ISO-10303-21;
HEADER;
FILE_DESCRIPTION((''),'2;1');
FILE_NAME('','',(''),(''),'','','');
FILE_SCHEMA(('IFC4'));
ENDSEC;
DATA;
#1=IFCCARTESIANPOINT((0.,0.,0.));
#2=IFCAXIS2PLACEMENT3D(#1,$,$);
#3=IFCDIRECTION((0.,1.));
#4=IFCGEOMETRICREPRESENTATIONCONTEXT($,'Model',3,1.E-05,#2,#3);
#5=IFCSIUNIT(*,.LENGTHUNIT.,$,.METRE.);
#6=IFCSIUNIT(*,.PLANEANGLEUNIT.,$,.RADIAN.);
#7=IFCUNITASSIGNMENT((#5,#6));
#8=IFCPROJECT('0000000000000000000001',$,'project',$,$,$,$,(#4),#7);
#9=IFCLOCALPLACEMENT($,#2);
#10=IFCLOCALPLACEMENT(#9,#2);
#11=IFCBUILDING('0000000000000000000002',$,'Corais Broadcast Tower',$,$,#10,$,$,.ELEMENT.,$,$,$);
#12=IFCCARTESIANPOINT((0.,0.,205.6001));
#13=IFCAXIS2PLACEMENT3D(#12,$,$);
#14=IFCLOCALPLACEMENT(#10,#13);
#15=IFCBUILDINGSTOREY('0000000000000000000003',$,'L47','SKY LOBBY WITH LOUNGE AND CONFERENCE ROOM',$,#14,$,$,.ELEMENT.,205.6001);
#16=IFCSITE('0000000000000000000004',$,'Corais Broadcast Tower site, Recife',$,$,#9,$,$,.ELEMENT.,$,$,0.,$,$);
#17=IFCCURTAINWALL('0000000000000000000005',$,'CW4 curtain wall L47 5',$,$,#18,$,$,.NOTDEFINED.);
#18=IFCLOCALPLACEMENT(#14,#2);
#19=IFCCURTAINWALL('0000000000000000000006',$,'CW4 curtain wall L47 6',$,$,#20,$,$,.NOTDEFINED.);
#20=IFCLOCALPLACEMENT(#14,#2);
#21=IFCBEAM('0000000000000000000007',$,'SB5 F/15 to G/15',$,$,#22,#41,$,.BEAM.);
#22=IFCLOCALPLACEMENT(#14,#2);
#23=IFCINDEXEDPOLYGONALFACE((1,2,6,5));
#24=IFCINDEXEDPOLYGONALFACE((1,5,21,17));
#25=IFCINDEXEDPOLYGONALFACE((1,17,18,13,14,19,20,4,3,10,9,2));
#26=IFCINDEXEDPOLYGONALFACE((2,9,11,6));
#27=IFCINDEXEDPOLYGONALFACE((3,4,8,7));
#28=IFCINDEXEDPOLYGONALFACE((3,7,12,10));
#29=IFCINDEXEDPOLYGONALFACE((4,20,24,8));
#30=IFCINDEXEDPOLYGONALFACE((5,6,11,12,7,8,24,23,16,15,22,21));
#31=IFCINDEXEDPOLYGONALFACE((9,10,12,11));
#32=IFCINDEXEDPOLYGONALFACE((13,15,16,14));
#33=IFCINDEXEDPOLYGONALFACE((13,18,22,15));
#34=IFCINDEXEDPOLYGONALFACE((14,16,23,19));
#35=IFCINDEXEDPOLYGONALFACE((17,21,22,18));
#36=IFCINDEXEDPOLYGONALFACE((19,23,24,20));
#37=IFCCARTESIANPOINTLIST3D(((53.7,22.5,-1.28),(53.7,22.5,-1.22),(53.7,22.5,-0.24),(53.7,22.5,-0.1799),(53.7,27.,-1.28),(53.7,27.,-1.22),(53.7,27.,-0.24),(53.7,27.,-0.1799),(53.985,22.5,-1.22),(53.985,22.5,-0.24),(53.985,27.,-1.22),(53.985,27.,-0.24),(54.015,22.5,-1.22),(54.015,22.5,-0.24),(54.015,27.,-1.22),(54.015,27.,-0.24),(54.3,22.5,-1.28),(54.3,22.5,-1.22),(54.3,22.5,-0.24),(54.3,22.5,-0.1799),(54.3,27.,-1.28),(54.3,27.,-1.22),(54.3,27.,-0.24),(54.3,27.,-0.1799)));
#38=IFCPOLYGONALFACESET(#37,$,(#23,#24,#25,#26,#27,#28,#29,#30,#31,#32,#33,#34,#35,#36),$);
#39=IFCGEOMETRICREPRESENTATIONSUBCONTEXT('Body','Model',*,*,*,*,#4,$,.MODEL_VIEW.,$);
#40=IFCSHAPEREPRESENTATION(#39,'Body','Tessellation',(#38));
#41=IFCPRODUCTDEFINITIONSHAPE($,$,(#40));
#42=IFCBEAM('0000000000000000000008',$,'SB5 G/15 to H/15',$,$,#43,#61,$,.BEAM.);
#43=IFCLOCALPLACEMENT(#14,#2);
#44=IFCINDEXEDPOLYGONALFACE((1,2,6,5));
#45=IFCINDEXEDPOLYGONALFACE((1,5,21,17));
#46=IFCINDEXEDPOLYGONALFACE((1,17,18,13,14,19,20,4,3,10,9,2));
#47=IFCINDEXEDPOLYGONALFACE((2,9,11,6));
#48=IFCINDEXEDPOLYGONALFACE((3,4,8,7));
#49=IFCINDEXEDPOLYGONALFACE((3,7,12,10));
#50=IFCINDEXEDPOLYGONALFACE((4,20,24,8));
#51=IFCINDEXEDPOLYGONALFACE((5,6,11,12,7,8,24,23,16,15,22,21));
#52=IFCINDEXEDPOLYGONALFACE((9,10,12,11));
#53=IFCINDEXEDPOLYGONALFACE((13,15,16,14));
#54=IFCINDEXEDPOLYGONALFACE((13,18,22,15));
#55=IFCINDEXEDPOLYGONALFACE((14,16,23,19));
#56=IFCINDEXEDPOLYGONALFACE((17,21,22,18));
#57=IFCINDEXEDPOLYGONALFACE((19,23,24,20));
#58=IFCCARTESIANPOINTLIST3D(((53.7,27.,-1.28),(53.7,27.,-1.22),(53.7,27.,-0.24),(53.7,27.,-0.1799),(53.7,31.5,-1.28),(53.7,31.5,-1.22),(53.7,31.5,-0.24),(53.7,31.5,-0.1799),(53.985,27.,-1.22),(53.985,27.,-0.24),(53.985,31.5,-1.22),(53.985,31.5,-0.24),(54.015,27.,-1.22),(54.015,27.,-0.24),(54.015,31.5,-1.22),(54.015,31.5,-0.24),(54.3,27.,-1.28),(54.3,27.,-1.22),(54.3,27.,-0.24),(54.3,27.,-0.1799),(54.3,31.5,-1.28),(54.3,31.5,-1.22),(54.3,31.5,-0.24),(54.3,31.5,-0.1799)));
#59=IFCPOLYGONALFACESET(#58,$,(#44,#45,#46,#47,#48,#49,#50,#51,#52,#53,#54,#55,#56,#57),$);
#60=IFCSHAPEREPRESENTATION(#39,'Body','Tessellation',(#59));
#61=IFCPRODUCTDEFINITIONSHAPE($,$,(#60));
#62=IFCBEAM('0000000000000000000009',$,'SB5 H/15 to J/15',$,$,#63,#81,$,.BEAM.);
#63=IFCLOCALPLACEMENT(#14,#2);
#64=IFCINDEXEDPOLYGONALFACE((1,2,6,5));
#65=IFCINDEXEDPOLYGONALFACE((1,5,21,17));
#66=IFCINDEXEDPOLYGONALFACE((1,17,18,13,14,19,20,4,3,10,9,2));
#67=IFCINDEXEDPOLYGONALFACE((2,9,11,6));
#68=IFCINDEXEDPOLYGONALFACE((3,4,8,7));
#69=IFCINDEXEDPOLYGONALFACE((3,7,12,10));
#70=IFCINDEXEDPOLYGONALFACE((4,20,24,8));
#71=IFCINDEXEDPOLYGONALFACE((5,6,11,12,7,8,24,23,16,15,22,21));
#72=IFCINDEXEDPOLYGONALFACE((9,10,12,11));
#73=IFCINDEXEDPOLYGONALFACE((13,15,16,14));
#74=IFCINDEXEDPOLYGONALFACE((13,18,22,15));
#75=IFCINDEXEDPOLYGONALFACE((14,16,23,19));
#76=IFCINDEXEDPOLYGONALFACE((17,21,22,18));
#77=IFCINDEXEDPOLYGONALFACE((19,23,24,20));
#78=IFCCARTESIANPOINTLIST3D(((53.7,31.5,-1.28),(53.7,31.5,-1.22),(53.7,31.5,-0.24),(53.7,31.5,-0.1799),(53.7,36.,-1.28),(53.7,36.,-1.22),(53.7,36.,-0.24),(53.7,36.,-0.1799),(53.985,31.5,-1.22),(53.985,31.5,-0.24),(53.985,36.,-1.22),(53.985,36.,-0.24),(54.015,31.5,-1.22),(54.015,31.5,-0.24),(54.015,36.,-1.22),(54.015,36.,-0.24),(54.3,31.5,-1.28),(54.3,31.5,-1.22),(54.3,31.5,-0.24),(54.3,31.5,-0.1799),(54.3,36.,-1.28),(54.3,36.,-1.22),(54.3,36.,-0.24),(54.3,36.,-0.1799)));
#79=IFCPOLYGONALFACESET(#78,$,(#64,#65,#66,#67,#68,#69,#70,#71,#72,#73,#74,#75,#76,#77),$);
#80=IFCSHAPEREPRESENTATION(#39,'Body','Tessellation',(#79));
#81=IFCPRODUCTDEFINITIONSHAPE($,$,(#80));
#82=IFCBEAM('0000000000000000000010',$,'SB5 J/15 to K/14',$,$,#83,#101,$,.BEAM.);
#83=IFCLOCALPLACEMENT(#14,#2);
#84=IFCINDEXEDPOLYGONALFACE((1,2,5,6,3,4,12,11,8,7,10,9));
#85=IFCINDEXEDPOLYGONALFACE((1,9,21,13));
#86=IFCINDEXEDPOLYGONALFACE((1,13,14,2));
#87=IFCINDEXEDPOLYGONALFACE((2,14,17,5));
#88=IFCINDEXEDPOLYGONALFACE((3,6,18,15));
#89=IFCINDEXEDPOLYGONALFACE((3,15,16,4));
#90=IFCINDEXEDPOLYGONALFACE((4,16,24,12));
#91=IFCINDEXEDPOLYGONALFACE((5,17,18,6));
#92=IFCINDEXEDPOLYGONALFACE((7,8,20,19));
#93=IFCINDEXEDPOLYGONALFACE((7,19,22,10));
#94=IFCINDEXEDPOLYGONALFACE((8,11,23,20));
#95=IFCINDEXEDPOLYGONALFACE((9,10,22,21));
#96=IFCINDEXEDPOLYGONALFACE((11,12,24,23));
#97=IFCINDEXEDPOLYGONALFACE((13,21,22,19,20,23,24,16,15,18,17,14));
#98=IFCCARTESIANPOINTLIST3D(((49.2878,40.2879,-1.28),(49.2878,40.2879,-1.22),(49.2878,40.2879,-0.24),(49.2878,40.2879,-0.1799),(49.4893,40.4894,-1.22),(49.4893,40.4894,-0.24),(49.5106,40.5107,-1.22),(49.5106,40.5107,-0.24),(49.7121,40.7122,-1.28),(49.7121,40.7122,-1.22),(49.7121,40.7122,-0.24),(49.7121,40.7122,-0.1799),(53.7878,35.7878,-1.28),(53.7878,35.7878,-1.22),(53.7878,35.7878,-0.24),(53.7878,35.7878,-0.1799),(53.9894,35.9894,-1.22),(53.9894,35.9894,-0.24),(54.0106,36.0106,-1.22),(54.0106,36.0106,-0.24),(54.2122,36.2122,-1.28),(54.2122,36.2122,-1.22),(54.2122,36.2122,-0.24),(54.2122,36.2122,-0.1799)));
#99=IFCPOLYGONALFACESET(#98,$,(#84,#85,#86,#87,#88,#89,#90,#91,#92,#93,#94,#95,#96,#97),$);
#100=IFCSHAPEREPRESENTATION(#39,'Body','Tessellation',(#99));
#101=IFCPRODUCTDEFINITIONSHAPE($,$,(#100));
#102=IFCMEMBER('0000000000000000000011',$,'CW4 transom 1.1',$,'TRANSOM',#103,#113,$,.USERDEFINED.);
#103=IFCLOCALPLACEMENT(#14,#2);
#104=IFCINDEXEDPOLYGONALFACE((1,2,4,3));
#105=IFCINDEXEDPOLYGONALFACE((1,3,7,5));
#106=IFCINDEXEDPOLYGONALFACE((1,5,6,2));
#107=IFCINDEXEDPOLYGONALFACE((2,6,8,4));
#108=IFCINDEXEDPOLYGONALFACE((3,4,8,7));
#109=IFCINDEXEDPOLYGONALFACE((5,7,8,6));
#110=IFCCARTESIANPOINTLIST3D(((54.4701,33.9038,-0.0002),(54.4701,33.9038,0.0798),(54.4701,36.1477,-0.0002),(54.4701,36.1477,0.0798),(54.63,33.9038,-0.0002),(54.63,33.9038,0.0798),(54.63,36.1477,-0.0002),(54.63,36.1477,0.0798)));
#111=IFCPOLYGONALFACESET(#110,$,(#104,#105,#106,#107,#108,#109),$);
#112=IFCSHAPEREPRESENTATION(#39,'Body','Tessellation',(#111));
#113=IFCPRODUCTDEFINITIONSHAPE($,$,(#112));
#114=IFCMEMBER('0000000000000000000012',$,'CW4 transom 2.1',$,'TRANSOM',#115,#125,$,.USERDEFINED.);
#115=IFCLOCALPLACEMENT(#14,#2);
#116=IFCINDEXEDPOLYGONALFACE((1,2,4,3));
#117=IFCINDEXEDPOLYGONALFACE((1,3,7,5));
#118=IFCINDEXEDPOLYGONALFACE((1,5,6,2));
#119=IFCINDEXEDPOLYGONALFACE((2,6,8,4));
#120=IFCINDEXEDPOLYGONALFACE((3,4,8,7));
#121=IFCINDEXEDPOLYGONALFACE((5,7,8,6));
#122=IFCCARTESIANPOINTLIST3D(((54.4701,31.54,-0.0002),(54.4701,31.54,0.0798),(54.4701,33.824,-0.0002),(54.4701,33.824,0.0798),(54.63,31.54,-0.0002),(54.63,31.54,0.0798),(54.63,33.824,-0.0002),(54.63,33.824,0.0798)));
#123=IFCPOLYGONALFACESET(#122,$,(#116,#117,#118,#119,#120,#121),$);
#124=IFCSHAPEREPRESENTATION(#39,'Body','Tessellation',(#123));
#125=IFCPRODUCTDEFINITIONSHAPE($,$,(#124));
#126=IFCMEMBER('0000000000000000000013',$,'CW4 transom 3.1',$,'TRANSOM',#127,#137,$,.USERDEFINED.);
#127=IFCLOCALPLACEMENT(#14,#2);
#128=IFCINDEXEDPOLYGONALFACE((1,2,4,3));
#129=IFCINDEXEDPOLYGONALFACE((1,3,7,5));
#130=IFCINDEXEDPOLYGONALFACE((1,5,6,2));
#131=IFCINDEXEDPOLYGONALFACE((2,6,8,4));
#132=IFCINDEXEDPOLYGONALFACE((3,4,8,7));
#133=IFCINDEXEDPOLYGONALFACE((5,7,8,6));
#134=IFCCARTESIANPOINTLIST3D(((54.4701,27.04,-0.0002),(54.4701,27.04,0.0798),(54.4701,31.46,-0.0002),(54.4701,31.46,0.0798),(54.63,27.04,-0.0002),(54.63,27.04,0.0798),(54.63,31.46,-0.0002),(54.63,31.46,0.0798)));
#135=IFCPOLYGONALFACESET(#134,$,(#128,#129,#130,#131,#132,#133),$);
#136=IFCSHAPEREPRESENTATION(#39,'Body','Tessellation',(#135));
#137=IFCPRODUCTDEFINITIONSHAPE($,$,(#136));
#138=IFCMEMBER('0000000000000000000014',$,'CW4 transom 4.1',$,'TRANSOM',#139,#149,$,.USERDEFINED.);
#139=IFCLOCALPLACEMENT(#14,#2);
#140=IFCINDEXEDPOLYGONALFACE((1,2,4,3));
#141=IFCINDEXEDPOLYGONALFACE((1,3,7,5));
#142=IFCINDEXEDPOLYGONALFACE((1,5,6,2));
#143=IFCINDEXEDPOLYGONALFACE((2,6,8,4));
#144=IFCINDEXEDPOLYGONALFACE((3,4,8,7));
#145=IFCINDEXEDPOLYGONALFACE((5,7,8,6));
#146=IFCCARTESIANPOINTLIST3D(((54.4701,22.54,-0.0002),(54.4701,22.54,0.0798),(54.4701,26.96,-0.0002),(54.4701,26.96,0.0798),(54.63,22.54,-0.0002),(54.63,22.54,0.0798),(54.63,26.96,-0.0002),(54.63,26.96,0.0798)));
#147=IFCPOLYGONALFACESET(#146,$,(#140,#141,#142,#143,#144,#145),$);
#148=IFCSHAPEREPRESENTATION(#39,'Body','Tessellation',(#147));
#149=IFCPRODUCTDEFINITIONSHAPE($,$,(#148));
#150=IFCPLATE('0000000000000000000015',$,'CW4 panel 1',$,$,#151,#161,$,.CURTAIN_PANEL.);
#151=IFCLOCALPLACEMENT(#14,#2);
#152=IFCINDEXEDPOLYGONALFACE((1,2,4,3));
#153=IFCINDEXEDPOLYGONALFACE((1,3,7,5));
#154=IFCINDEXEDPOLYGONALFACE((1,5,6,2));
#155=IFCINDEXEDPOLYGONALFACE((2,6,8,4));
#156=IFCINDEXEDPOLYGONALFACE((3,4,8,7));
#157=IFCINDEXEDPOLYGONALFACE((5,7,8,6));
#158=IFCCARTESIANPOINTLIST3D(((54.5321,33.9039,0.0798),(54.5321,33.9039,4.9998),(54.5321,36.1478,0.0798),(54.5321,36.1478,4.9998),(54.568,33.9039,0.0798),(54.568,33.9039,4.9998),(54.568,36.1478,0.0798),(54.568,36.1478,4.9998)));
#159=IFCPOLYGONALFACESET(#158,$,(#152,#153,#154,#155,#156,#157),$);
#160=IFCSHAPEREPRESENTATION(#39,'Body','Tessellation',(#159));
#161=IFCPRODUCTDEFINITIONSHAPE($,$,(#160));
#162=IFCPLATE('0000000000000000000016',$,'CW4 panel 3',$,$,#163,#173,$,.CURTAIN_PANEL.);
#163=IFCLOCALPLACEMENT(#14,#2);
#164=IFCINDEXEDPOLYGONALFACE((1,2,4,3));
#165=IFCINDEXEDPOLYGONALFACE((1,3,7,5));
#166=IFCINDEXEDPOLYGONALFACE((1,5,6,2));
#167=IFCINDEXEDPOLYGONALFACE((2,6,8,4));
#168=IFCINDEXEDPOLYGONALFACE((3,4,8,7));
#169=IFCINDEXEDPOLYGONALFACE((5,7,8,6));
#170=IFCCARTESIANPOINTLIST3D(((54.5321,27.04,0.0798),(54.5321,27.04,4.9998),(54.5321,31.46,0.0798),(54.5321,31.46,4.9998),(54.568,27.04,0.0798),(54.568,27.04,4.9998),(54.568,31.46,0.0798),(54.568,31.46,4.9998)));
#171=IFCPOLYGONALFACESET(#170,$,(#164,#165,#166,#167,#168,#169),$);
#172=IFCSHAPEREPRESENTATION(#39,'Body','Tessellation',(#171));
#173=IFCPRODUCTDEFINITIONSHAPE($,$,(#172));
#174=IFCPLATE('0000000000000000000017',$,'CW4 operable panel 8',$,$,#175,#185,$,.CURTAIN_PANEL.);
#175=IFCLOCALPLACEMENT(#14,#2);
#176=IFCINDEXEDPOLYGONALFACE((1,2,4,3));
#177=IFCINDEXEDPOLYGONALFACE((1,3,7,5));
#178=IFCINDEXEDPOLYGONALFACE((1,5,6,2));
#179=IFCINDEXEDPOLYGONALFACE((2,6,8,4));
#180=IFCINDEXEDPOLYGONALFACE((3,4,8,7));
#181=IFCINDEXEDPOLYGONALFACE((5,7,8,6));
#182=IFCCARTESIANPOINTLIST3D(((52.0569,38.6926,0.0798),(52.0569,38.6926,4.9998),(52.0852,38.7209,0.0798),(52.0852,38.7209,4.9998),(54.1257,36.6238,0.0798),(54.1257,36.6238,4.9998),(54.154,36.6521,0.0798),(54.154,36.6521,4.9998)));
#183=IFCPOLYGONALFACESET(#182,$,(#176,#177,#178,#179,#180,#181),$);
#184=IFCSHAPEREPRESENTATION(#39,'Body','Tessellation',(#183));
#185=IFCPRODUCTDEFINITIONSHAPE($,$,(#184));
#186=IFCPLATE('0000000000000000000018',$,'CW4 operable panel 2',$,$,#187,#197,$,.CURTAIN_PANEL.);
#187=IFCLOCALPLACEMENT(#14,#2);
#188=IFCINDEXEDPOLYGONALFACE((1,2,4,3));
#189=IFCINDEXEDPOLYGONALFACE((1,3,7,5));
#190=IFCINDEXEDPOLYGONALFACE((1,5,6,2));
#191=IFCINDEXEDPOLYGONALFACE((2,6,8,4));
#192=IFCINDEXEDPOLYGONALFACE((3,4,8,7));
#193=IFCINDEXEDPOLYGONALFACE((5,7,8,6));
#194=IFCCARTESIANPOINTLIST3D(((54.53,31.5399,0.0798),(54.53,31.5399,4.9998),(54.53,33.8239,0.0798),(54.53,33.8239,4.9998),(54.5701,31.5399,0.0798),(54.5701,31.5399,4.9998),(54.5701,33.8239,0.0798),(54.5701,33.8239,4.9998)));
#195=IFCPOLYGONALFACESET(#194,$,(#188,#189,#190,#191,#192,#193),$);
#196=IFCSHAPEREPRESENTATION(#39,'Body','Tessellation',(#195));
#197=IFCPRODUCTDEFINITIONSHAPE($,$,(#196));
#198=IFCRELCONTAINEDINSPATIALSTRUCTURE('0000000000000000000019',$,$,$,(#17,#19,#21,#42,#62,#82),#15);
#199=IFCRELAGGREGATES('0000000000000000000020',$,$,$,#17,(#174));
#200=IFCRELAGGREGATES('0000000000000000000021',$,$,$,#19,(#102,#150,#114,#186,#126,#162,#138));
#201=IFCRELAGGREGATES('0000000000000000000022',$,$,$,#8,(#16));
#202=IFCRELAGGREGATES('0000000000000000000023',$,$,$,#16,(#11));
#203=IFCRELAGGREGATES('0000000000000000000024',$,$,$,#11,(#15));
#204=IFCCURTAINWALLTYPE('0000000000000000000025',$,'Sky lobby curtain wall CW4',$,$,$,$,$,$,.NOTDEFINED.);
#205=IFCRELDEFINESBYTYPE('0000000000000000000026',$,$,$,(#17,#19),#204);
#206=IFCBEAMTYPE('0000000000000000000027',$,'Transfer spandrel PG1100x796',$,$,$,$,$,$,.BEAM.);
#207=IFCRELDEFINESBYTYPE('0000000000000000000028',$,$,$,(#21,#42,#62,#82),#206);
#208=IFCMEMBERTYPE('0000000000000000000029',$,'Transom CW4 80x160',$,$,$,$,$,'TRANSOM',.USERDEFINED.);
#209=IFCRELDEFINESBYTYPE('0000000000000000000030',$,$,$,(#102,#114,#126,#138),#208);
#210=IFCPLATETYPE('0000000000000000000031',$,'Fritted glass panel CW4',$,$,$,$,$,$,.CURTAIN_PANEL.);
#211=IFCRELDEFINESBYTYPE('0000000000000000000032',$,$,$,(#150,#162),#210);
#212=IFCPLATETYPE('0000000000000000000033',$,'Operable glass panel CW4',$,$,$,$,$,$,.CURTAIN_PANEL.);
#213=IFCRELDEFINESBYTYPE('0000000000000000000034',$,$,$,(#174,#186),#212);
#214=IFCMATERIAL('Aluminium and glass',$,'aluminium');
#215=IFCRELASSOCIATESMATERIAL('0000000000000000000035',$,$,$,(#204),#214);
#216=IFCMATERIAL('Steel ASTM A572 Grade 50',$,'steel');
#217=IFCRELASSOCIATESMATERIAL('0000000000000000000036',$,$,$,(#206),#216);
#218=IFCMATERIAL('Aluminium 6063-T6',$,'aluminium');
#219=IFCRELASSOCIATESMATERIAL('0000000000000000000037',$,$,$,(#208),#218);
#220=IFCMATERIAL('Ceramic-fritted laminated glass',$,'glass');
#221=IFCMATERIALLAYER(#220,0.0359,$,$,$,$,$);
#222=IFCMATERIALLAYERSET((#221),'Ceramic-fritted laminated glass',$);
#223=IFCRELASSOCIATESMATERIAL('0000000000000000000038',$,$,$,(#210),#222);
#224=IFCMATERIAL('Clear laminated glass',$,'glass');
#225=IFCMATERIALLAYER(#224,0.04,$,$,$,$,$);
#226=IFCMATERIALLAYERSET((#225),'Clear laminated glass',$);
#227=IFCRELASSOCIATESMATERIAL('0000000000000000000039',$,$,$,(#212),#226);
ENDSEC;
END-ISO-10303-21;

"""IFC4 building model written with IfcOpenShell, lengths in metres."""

from ifc_helpers import new_model, si_unit, direction, frame, origin, origin_2d, place, context, subcontext, project, spatial, rectangle, i_section, extrude, material, layer, layer_set, material_profile, profile_set, type_object, element, aggregate, save


model = new_model("IFC4")

# Units and contexts
model_context = context("Model", 3, precision=1e-05, world=origin(), true_north=direction((0.0, 1.0)))
body_context = subcontext(model_context, "Body", "Model", "MODEL_VIEW")
ifc_project = project(units=[si_unit("LENGTHUNIT", "METRE"), si_unit("PLANEANGLEUNIT", "RADIAN")], contexts=[model_context])

# Site, building, storey
site_placement = place(None, origin())
site = spatial("IfcSite", under=ifc_project, at=site_placement, Name="Corais Broadcast Tower site, Recife", CompositionType="ELEMENT", RefElevation=0.0)
building_placement = place(site_placement, origin())
building = spatial("IfcBuilding", under=site, at=building_placement, Name="Corais Broadcast Tower", CompositionType="ELEMENT")
storey_placement = place(building_placement, frame((0.0, 0.0, 205.6001)))
storey = spatial("IfcBuildingStorey", under=building, at=storey_placement, Name="L47", Description="SKY LOBBY WITH LOUNGE AND CONFERENCE ROOM", CompositionType="ELEMENT", Elevation=205.6001)

# Curtain wall
ifc_material_1 = material(Name="Aluminium and glass", Category="aluminium")
curtain_wall_type = type_object("IfcCurtainWallType", Name="Sky lobby curtain wall CW4", PredefinedType="NOTDEFINED", material=ifc_material_1)
curtain_wall_1_placement = place(storey_placement, origin())
curtain_wall_1 = element("IfcCurtainWall", 1, at=curtain_wall_1_placement, inside=storey, type_object=curtain_wall_type, Name="CW4 curtain wall L47 5", PredefinedType="NOTDEFINED")

# Curtain wall
curtain_wall_2_placement = place(storey_placement, origin())
curtain_wall_2 = element("IfcCurtainWall", 2, at=curtain_wall_2_placement, inside=storey, type_object=curtain_wall_type, Name="CW4 curtain wall L47 6", PredefinedType="NOTDEFINED")

# Beams
ifc_material_2 = material(Name="Steel ASTM A572 Grade 50", Category="steel")
ifc_material_profile_1 = material_profile(ifc_material_2, i_section(OverallWidth=0.6001, OverallDepth=1.1001, WebThickness=0.03, FlangeThickness=0.0601, at=origin_2d()), Name="PG1100x796")
ifc_profile_set_1 = profile_set([ifc_material_profile_1], Name="Steel ASTM A572 Grade 50")
beam_type_1 = type_object("IfcBeamType", Name="Transfer spandrel PG1100x796", PredefinedType="BEAM", material=ifc_profile_set_1)
for number, where, z_axis, x_axis, name in (
    (3, (54.0, 22.5, -0.73), (0.0, 1.0, 0.0), (-1.0, 0.0, 0.0), "SB5 F/15 to G/15"),
    (4, (54.0, 27.0, -0.73), (0.0, 1.0, 0.0), (-1.0, 0.0, 0.0), "SB5 G/15 to H/15"),
    (5, (54.0, 31.5, -0.73), (0.0, 1.0, 0.0), (-1.0, 0.0, 0.0), "SB5 H/15 to J/15"),
):
    element("IfcBeam", number, at=place(storey_placement, frame(where, z_axis=z_axis, x_axis=x_axis)), inside=storey, type_object=beam_type_1, Name=name, PredefinedType="BEAM", context=body_context, shape_type="SweptSolid", body=[
        extrude(i_section(OverallWidth=0.6001, OverallDepth=1.1001, WebThickness=0.03, FlangeThickness=0.0601, at=origin_2d()), origin(), (0.0, 0.0, 1.0), 4.5),
    ])
beam_placement = place(storey_placement, frame((54.0, 36.0, -0.73), z_axis=(-0.707107, 0.707107, 0.0), x_axis=(-0.707107, -0.707107, 0.0)))
element("IfcBeam", 6, at=beam_placement, inside=storey, type_object=beam_type_1, Name="SB5 J/15 to K/14", PredefinedType="BEAM", context=body_context, shape_type="SweptSolid", body=[
    extrude(i_section(OverallWidth=0.6001, OverallDepth=1.1001, WebThickness=0.03, FlangeThickness=0.0601, at=origin_2d()), origin(), (0.0, 0.0, 1.0), 6.364),
])

# Members
ifc_material_3 = material(Name="Aluminium 6063-T6", Category="aluminium")
ifc_material_profile_2 = material_profile(ifc_material_3, rectangle(XDim=0.1599, YDim=0.0801, at=origin_2d()), Name="Transom CW4 80x160")
ifc_profile_set_2 = profile_set([ifc_material_profile_2], Name="Aluminium 6063-T6")
member_type_1 = type_object("IfcMemberType", Name="Transom CW4 80x160", ElementType="TRANSOM", PredefinedType="USERDEFINED", material=ifc_profile_set_2)
member_1_placement = place(storey_placement, frame((54.55, 36.1477, 0.0398), z_axis=(0.0, -1.0, 0.0), x_axis=(1.0, 0.0, 0.0)))
member_1 = element("IfcMember", 7, at=member_1_placement, type_object=member_type_1, Name="CW4 transom 1.1", ObjectType="TRANSOM", PredefinedType="USERDEFINED", context=body_context, shape_type="SweptSolid", body=[
    extrude(rectangle(XDim=0.1599, YDim=0.0801, at=origin_2d()), origin(), (0.0, 0.0, 1.0), 2.2439),
])
member_2_placement = place(storey_placement, frame((54.55, 33.824, 0.0398), z_axis=(0.0, -1.0, 0.0), x_axis=(1.0, 0.0, 0.0)))
member_2 = element("IfcMember", 8, at=member_2_placement, type_object=member_type_1, Name="CW4 transom 2.1", ObjectType="TRANSOM", PredefinedType="USERDEFINED", context=body_context, shape_type="SweptSolid", body=[
    extrude(rectangle(XDim=0.1599, YDim=0.0801, at=origin_2d()), origin(), (0.0, 0.0, 1.0), 2.2839),
])
member_3_placement = place(storey_placement, frame((54.55, 31.46, 0.0398), z_axis=(0.0, -1.0, 0.0), x_axis=(1.0, 0.0, 0.0)))
member_3 = element("IfcMember", 9, at=member_3_placement, type_object=member_type_1, Name="CW4 transom 3.1", ObjectType="TRANSOM", PredefinedType="USERDEFINED", context=body_context, shape_type="SweptSolid", body=[
    extrude(rectangle(XDim=0.1599, YDim=0.0801, at=origin_2d()), origin(), (0.0, 0.0, 1.0), 4.4199),
])
member_4_placement = place(storey_placement, frame((54.55, 26.96, 0.0398), z_axis=(0.0, -1.0, 0.0), x_axis=(1.0, 0.0, 0.0)))
member_4 = element("IfcMember", 10, at=member_4_placement, type_object=member_type_1, Name="CW4 transom 4.1", ObjectType="TRANSOM", PredefinedType="USERDEFINED", context=body_context, shape_type="SweptSolid", body=[
    extrude(rectangle(XDim=0.1599, YDim=0.0801, at=origin_2d()), origin(), (0.0, 0.0, 1.0), 4.4199),
])

# Plates
ifc_material_4 = material(Name="Ceramic-fritted laminated glass", Category="glass")
ifc_layer_1 = layer(ifc_material_4, 0.0359)
ifc_layer_set_1 = layer_set([ifc_layer_1], Name="Ceramic-fritted laminated glass")
plate_type_1 = type_object("IfcPlateType", Name="Fritted glass panel CW4", PredefinedType="CURTAIN_PANEL", material=ifc_layer_set_1)
plate_1_placement = place(storey_placement, frame((54.55, 35.0259, 0.0798), z_axis=(0.0, 0.0, 1.0), x_axis=(0.0, -1.0, 0.0)))
plate_1 = element("IfcPlate", 11, at=plate_1_placement, type_object=plate_type_1, Name="CW4 panel 1", PredefinedType="CURTAIN_PANEL", context=body_context, shape_type="SweptSolid", body=[
    extrude(rectangle(XDim=2.2439, YDim=0.0359, at=origin_2d()), origin(), (0.0, 0.0, 1.0), 4.9199),
])
plate_2_placement = place(storey_placement, frame((54.55, 29.25, 0.0798), z_axis=(0.0, 0.0, 1.0), x_axis=(0.0, -1.0, 0.0)))
plate_2 = element("IfcPlate", 12, at=plate_2_placement, type_object=plate_type_1, Name="CW4 panel 3", PredefinedType="CURTAIN_PANEL", context=body_context, shape_type="SweptSolid", body=[
    extrude(rectangle(XDim=4.4199, YDim=0.0359, at=origin_2d()), origin(), (0.0, 0.0, 1.0), 4.9199),
])
ifc_material_5 = material(Name="Clear laminated glass", Category="glass")
ifc_layer_2 = layer(ifc_material_5, 0.04)
ifc_layer_set_2 = layer_set([ifc_layer_2], Name="Clear laminated glass")
plate_type_2 = type_object("IfcPlateType", Name="Operable glass panel CW4", PredefinedType="CURTAIN_PANEL", material=ifc_layer_set_2)
plate_3_placement = place(storey_placement, frame((53.1055, 37.6724, 0.0798), z_axis=(0.0, 0.0, 1.0), x_axis=(0.707107, -0.707107, 0.0)))
plate_3 = element("IfcPlate", 13, at=plate_3_placement, type_object=plate_type_2, Name="CW4 operable panel 8", PredefinedType="CURTAIN_PANEL", context=body_context, shape_type="SweptSolid", body=[
    extrude(rectangle(XDim=2.9258, YDim=0.04, at=origin_2d()), origin(), (0.0, 0.0, 1.0), 4.9199),
])
aggregate(curtain_wall_1, [plate_3])
plate_4_placement = place(storey_placement, frame((54.55, 32.6819, 0.0798), z_axis=(0.0, 0.0, 1.0), x_axis=(0.0, -1.0, 0.0)))
plate_4 = element("IfcPlate", 14, at=plate_4_placement, type_object=plate_type_2, Name="CW4 operable panel 2", PredefinedType="CURTAIN_PANEL", context=body_context, shape_type="SweptSolid", body=[
    extrude(rectangle(XDim=2.2839, YDim=0.04, at=origin_2d()), origin(), (0.0, 0.0, 1.0), 4.9199),
])
aggregate(curtain_wall_2, [member_1, plate_1, member_2, plate_4, member_3, plate_2, member_4])

save(model, "model.ifc")
